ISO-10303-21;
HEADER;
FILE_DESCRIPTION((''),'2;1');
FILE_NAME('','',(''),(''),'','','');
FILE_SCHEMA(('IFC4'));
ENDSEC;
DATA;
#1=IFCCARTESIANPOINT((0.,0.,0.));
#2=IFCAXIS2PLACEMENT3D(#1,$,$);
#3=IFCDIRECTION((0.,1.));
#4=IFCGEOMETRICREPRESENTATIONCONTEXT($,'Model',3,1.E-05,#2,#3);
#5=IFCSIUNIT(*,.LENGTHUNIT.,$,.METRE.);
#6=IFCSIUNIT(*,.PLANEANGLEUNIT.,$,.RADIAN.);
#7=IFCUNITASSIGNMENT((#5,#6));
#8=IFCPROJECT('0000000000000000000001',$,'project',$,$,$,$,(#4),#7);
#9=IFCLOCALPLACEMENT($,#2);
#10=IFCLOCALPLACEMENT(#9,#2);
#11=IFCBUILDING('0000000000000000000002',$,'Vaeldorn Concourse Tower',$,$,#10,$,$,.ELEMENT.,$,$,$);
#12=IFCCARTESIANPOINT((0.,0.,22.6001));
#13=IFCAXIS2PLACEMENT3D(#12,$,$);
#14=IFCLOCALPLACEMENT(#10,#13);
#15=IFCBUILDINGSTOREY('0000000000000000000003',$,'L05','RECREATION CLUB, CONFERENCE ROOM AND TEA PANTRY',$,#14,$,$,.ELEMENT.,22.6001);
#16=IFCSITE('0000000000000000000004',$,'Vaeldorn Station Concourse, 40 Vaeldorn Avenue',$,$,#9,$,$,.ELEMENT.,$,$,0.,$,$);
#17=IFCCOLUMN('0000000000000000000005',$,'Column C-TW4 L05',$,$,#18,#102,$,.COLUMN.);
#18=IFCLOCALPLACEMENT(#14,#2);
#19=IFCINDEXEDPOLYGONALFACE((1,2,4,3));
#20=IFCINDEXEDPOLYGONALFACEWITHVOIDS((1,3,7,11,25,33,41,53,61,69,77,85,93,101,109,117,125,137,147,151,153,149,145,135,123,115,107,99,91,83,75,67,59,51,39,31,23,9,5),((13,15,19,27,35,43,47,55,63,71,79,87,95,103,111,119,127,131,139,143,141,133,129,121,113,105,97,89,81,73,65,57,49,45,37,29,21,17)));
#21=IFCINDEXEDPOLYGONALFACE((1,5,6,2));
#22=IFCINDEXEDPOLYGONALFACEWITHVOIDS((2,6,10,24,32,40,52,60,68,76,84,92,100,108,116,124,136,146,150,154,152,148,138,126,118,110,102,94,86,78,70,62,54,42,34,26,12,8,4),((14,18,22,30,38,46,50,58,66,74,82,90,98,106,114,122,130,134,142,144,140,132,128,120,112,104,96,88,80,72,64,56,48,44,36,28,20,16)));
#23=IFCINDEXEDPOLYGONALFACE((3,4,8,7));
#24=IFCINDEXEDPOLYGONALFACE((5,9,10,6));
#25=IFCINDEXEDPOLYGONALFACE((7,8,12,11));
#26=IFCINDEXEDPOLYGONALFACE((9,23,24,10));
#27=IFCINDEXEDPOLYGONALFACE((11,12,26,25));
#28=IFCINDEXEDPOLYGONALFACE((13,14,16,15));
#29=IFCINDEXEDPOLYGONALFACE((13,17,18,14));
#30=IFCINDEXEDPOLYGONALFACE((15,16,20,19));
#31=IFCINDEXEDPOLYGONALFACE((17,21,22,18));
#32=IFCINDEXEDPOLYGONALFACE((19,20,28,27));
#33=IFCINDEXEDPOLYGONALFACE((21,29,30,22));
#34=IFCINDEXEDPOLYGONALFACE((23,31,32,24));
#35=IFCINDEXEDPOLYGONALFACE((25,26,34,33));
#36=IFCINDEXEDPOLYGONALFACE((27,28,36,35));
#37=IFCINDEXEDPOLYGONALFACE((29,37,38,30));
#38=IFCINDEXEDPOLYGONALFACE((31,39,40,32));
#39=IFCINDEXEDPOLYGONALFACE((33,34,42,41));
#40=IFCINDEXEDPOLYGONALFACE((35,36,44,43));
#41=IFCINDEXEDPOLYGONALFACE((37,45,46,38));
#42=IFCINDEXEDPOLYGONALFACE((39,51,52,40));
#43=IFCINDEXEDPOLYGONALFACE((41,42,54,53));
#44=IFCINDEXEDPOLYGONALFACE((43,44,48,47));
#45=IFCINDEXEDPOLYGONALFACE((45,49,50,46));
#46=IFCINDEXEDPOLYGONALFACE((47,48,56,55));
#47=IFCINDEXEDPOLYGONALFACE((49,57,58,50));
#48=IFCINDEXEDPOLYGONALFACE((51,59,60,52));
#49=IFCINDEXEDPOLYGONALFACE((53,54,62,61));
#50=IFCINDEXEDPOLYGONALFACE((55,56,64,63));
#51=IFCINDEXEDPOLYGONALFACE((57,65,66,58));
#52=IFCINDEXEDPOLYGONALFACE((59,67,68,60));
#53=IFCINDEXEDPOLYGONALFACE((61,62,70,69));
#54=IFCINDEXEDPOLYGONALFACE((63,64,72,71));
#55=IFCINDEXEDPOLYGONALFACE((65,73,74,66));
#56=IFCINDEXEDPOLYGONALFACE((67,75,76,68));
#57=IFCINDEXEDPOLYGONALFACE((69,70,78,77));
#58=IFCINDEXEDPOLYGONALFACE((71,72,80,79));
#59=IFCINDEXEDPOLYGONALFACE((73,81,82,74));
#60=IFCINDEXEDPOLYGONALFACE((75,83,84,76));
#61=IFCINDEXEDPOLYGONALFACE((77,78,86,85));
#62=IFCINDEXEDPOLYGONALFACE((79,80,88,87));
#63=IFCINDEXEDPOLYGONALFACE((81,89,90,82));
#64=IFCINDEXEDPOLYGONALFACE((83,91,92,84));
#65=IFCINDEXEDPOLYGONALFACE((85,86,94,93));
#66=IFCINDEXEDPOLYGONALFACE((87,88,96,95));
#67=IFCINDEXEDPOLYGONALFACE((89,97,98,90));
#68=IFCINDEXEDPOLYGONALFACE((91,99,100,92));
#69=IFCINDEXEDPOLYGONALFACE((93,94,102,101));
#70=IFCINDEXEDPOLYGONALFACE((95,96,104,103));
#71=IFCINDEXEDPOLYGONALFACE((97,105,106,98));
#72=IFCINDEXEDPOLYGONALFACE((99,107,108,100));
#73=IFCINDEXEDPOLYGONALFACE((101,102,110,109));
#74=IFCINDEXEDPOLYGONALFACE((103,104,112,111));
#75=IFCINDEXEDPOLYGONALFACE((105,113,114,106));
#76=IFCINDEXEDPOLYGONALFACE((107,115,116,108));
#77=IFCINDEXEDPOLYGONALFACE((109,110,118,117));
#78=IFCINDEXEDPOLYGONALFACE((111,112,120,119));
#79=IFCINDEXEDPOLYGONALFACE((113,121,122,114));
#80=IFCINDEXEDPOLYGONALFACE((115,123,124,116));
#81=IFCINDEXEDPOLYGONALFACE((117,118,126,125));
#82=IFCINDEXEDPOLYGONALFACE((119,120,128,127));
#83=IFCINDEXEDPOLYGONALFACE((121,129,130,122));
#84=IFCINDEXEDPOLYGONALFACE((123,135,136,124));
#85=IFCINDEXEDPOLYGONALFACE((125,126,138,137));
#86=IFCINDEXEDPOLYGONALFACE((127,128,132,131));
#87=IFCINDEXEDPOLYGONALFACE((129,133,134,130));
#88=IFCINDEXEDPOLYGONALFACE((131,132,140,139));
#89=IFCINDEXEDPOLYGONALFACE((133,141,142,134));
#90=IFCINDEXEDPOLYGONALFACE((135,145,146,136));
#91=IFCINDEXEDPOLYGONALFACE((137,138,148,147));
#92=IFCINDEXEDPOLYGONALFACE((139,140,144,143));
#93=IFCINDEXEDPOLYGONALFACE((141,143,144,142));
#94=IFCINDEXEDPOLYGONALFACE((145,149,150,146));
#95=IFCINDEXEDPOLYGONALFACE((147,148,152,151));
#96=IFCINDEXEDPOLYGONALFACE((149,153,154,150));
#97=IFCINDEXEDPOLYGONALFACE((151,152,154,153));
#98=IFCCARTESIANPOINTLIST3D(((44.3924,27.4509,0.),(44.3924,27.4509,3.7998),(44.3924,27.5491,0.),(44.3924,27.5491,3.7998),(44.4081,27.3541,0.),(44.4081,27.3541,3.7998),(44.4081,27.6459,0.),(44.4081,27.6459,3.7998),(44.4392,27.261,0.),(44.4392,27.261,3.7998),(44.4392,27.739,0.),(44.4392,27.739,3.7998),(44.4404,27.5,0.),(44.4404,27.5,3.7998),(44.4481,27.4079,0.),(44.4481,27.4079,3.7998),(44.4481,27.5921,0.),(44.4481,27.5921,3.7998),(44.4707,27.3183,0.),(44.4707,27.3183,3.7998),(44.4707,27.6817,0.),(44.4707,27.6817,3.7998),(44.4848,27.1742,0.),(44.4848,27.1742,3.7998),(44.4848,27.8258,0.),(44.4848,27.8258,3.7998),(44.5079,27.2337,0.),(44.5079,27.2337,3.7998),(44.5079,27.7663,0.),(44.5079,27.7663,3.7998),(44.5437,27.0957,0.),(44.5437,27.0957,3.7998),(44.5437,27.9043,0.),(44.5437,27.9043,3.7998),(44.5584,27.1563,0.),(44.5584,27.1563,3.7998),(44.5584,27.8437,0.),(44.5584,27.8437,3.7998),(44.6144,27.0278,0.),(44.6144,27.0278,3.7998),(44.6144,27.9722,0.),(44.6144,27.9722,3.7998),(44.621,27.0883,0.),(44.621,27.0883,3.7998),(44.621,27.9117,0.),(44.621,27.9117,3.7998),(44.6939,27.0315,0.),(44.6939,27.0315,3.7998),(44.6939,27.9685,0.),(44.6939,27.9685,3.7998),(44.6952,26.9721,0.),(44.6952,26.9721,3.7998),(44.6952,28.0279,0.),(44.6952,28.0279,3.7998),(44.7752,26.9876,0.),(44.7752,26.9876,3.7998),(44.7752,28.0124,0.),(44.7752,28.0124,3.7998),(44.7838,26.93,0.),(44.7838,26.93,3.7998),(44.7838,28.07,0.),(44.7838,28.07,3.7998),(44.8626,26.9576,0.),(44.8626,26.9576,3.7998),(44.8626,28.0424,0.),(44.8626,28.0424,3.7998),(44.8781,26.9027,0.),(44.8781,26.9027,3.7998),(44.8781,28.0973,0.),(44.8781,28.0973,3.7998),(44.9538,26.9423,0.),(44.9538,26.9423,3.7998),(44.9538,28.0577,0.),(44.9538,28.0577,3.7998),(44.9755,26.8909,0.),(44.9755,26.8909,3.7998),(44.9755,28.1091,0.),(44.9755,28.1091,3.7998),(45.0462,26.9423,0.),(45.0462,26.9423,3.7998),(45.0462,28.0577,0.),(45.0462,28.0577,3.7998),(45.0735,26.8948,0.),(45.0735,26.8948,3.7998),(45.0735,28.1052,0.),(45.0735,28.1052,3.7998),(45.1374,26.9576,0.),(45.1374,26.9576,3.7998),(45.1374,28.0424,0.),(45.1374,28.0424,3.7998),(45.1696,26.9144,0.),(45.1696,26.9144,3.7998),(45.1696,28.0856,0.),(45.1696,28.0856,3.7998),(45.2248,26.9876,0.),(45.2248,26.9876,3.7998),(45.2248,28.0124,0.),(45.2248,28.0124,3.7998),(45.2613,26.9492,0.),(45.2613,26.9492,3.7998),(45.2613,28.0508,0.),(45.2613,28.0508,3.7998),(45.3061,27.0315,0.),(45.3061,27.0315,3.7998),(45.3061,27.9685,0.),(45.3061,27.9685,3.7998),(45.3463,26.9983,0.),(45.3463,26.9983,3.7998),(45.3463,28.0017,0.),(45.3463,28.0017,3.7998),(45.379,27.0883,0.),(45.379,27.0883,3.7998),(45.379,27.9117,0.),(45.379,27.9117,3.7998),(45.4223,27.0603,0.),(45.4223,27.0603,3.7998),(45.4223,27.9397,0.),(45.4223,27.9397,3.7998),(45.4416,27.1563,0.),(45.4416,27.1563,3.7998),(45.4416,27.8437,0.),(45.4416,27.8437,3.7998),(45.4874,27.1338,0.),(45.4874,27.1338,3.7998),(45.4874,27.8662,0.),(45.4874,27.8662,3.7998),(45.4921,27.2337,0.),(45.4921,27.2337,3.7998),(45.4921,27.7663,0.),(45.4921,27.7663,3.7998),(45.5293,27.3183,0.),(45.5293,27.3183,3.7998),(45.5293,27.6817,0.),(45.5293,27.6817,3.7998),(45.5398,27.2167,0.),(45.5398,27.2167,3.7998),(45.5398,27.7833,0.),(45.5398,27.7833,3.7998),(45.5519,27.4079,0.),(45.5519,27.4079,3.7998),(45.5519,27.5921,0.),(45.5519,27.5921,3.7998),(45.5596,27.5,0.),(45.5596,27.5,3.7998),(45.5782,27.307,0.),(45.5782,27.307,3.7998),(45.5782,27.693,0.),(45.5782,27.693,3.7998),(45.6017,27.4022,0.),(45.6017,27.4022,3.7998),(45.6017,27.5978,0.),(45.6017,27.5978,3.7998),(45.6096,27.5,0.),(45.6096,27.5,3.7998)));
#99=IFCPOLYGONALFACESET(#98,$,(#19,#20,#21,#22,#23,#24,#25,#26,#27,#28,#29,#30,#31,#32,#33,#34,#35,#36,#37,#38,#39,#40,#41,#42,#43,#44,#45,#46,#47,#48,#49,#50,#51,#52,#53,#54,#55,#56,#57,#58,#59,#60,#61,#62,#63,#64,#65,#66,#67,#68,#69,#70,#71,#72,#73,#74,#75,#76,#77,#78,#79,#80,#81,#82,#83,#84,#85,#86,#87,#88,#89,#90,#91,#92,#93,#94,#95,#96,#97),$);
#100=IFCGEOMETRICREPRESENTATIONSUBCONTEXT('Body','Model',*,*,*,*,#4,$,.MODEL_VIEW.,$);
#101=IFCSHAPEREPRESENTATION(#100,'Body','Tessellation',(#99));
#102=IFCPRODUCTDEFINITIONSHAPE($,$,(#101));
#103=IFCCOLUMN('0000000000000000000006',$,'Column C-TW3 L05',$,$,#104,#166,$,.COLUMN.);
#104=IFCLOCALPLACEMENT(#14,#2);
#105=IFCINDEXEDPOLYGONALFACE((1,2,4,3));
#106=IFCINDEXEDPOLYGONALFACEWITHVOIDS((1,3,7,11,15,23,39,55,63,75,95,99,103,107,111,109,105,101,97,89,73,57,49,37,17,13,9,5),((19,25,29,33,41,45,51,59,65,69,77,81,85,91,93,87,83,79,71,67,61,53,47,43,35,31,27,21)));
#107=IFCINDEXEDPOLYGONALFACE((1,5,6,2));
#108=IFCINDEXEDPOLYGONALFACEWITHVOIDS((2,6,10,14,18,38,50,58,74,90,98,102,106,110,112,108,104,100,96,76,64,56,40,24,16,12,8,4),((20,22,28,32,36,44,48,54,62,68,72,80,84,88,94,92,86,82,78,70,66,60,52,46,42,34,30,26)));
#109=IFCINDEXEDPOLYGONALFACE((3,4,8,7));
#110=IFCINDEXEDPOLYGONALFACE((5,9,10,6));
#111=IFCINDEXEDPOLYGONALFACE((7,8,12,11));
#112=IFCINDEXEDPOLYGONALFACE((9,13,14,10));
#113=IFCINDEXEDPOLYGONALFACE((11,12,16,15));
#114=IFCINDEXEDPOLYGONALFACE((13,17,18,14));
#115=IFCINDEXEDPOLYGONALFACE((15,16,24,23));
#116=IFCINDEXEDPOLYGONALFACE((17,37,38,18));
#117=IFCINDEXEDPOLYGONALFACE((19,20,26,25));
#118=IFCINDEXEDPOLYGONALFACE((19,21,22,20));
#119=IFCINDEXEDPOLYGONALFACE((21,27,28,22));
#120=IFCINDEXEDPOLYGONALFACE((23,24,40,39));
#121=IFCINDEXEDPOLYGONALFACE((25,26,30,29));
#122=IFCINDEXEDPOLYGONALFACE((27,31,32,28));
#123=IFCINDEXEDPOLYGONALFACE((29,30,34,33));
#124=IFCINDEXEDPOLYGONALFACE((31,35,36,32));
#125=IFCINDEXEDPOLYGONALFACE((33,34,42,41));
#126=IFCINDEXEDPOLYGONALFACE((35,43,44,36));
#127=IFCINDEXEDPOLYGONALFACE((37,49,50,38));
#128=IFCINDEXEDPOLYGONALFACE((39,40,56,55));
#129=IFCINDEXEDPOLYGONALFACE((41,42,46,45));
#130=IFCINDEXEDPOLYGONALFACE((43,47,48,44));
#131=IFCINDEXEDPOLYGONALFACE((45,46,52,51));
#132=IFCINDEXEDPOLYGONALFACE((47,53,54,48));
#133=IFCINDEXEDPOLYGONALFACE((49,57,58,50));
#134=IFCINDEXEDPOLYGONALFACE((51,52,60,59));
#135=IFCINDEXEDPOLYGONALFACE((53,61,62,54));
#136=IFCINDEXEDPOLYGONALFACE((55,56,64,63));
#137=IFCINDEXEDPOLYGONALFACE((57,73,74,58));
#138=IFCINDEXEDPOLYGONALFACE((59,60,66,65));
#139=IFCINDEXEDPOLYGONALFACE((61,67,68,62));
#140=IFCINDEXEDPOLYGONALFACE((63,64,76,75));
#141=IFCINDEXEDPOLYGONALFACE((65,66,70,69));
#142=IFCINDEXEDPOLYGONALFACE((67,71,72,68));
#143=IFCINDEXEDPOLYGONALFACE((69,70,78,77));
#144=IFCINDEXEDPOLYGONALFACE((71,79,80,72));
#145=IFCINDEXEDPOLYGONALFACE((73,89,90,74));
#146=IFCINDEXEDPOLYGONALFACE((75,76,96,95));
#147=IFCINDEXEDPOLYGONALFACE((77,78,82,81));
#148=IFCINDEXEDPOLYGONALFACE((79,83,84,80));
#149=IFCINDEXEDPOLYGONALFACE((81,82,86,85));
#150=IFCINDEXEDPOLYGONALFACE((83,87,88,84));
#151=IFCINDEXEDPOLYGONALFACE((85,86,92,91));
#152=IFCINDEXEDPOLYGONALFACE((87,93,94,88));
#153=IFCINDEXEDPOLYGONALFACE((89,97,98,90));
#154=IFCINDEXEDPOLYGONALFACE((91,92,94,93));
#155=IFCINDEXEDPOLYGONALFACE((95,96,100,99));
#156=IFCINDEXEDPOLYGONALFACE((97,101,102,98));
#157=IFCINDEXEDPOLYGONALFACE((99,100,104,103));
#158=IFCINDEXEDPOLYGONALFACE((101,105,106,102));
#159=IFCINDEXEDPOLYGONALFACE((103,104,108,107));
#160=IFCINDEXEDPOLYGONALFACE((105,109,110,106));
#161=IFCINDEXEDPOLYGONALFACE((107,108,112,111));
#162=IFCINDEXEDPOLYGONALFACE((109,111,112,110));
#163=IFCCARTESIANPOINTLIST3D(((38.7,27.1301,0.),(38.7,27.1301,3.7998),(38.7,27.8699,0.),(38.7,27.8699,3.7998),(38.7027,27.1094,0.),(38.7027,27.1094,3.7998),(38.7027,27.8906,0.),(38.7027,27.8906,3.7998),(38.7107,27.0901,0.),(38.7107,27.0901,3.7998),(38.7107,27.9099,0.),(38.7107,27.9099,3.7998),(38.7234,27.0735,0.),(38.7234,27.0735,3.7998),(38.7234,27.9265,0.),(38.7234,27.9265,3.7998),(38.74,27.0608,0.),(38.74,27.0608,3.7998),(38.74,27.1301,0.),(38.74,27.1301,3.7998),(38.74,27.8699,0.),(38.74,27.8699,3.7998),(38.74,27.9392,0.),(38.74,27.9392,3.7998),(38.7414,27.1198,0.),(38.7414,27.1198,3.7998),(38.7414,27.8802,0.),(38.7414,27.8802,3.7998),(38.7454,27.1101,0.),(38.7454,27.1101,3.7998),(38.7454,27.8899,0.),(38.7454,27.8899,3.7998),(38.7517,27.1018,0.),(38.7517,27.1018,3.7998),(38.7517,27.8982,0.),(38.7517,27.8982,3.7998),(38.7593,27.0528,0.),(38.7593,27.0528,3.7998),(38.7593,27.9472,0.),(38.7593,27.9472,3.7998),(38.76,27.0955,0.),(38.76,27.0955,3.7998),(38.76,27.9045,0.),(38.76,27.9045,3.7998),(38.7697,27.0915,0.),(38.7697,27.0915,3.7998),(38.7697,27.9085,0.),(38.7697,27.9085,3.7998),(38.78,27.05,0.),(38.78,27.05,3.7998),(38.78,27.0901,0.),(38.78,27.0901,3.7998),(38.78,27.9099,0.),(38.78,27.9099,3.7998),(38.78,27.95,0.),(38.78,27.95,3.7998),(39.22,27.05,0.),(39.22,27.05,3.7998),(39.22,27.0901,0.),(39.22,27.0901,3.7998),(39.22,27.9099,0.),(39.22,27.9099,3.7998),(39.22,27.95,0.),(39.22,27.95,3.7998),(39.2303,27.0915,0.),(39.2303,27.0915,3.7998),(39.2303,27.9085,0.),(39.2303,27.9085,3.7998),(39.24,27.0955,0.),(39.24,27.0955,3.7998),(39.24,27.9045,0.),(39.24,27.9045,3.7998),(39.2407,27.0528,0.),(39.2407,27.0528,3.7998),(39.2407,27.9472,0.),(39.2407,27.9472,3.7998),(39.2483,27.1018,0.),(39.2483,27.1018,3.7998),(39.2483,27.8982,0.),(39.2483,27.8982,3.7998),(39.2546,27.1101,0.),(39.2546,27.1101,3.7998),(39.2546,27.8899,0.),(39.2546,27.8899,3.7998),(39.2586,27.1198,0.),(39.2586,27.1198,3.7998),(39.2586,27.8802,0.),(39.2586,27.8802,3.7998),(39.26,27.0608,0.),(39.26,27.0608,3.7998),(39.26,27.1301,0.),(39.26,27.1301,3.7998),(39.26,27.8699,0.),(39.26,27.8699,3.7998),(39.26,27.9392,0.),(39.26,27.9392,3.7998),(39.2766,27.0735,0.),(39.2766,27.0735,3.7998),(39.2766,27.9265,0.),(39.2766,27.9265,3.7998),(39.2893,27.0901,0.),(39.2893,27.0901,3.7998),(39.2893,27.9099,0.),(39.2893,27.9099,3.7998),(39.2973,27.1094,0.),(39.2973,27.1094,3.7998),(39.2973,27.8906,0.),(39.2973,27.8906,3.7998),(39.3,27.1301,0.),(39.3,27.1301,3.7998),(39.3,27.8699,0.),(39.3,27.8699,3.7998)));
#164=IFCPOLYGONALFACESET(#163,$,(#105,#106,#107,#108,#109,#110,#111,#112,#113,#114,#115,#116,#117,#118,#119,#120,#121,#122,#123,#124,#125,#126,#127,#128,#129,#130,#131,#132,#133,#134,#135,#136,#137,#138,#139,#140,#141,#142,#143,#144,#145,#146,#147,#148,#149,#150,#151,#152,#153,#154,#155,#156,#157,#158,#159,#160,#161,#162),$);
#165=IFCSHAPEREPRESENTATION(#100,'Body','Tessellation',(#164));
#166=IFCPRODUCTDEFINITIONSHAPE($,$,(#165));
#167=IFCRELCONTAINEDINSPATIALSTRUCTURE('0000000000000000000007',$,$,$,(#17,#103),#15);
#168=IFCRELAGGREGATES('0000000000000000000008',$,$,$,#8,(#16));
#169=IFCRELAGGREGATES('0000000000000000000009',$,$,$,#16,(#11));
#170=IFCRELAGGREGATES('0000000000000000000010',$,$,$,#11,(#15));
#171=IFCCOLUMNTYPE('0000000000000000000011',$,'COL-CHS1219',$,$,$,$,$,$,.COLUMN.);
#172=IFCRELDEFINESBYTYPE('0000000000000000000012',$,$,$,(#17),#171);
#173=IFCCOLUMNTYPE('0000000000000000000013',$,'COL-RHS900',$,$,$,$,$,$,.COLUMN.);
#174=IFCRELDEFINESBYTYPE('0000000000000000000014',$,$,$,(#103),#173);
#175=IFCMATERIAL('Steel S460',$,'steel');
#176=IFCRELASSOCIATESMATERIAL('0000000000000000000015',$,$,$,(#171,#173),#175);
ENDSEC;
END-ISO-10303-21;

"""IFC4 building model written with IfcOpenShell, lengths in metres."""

from ifc_helpers import new_model, si_unit, direction, frame, origin, origin_2d, place, context, subcontext, project, spatial, hollow_rectangle, hollow_circle, extrude, source, transform, mapped, material, material_profile, profile_set, type_object, element, save


model = new_model("IFC4")

# Units and contexts
model_context = context("Model", 3, precision=1e-05, world=origin(), true_north=direction((0.0, 1.0)))
body_context = subcontext(model_context, "Body", "Model", "MODEL_VIEW")
ifc_project = project(units=[si_unit("LENGTHUNIT", "METRE"), si_unit("PLANEANGLEUNIT", "RADIAN")], contexts=[model_context])

# Site, building, storey
site_placement = place(None, origin())
site = spatial("IfcSite", under=ifc_project, at=site_placement, Name="Vaeldorn Station Concourse, 40 Vaeldorn Avenue", CompositionType="ELEMENT", RefElevation=0.0)
building_placement = place(site_placement, origin())
building = spatial("IfcBuilding", under=site, at=building_placement, Name="Vaeldorn Concourse Tower", CompositionType="ELEMENT")
storey_placement = place(building_placement, frame((0.0, 0.0, 22.6001)))
storey = spatial("IfcBuildingStorey", under=building, at=storey_placement, Name="L05", Description="RECREATION CLUB, CONFERENCE ROOM AND TEA PANTRY", CompositionType="ELEMENT", Elevation=22.6001)

# Columns
ifc_material_1 = material(Name="Steel S460", Category="steel")
ifc_material_profile_1 = material_profile(ifc_material_1, hollow_circle(Radius=0.6096, WallThickness=0.05, at=origin_2d()), Name="CHS 1219x50")
ifc_profile_set_1 = profile_set([ifc_material_profile_1], Name="Steel S460")
column_type_1 = type_object("IfcColumnType", Name="COL-CHS1219", PredefinedType="COLUMN", material=ifc_profile_set_1)
shared_shape_1 = source(origin(), body_context, "Body", "SweptSolid", [
    extrude(hollow_circle(Radius=0.6096, WallThickness=0.05, at=origin_2d()), origin(), (0.0, 0.0, 1.0), 3.7998),
])
column_placement = place(storey_placement, frame((45.0, 27.5, 0.0), z_axis=(0.0, 0.0, 1.0), x_axis=(1.0, 0.0, 0.0)))
element("IfcColumn", 1, at=column_placement, inside=storey, type_object=column_type_1, Name="Column C-TW4 L05", PredefinedType="COLUMN", context=body_context, shape_type="MappedRepresentation", body=[
    mapped(shared_shape_1, transform((0.0, 0.0, 0.0), scale=1.0)),
])
ifc_material_profile_2 = material_profile(ifc_material_1, hollow_rectangle(XDim=0.6001, YDim=0.8999, WallThickness=0.04, InnerFilletRadius=0.04, OuterFilletRadius=0.0801, at=origin_2d()), Name="RHS 900x600x40")
ifc_profile_set_2 = profile_set([ifc_material_profile_2], Name="Steel S460")
column_type_2 = type_object("IfcColumnType", Name="COL-RHS900", PredefinedType="COLUMN", material=ifc_profile_set_2)
shared_shape_2 = source(origin(), body_context, "Body", "SweptSolid", [
    extrude(hollow_rectangle(XDim=0.6001, YDim=0.8999, WallThickness=0.04, InnerFilletRadius=0.04, OuterFilletRadius=0.0801, at=origin_2d()), origin(), (0.0, 0.0, 1.0), 3.7998),
])
for number, where, z_axis, x_axis, name in (
    (2, (39.0, 27.5, 0.0), (0.0, 0.0, 1.0), (1.0, 0.0, 0.0), "Column C-TW3 L05"),
):
    element("IfcColumn", number, at=place(storey_placement, frame(where, z_axis=z_axis, x_axis=x_axis)), inside=storey, type_object=column_type_2, Name=name, PredefinedType="COLUMN", context=body_context, shape_type="MappedRepresentation", body=[
        mapped(shared_shape_2, transform((0.0, 0.0, 0.0), scale=1.0)),
    ])

save(model, "model.ifc")
